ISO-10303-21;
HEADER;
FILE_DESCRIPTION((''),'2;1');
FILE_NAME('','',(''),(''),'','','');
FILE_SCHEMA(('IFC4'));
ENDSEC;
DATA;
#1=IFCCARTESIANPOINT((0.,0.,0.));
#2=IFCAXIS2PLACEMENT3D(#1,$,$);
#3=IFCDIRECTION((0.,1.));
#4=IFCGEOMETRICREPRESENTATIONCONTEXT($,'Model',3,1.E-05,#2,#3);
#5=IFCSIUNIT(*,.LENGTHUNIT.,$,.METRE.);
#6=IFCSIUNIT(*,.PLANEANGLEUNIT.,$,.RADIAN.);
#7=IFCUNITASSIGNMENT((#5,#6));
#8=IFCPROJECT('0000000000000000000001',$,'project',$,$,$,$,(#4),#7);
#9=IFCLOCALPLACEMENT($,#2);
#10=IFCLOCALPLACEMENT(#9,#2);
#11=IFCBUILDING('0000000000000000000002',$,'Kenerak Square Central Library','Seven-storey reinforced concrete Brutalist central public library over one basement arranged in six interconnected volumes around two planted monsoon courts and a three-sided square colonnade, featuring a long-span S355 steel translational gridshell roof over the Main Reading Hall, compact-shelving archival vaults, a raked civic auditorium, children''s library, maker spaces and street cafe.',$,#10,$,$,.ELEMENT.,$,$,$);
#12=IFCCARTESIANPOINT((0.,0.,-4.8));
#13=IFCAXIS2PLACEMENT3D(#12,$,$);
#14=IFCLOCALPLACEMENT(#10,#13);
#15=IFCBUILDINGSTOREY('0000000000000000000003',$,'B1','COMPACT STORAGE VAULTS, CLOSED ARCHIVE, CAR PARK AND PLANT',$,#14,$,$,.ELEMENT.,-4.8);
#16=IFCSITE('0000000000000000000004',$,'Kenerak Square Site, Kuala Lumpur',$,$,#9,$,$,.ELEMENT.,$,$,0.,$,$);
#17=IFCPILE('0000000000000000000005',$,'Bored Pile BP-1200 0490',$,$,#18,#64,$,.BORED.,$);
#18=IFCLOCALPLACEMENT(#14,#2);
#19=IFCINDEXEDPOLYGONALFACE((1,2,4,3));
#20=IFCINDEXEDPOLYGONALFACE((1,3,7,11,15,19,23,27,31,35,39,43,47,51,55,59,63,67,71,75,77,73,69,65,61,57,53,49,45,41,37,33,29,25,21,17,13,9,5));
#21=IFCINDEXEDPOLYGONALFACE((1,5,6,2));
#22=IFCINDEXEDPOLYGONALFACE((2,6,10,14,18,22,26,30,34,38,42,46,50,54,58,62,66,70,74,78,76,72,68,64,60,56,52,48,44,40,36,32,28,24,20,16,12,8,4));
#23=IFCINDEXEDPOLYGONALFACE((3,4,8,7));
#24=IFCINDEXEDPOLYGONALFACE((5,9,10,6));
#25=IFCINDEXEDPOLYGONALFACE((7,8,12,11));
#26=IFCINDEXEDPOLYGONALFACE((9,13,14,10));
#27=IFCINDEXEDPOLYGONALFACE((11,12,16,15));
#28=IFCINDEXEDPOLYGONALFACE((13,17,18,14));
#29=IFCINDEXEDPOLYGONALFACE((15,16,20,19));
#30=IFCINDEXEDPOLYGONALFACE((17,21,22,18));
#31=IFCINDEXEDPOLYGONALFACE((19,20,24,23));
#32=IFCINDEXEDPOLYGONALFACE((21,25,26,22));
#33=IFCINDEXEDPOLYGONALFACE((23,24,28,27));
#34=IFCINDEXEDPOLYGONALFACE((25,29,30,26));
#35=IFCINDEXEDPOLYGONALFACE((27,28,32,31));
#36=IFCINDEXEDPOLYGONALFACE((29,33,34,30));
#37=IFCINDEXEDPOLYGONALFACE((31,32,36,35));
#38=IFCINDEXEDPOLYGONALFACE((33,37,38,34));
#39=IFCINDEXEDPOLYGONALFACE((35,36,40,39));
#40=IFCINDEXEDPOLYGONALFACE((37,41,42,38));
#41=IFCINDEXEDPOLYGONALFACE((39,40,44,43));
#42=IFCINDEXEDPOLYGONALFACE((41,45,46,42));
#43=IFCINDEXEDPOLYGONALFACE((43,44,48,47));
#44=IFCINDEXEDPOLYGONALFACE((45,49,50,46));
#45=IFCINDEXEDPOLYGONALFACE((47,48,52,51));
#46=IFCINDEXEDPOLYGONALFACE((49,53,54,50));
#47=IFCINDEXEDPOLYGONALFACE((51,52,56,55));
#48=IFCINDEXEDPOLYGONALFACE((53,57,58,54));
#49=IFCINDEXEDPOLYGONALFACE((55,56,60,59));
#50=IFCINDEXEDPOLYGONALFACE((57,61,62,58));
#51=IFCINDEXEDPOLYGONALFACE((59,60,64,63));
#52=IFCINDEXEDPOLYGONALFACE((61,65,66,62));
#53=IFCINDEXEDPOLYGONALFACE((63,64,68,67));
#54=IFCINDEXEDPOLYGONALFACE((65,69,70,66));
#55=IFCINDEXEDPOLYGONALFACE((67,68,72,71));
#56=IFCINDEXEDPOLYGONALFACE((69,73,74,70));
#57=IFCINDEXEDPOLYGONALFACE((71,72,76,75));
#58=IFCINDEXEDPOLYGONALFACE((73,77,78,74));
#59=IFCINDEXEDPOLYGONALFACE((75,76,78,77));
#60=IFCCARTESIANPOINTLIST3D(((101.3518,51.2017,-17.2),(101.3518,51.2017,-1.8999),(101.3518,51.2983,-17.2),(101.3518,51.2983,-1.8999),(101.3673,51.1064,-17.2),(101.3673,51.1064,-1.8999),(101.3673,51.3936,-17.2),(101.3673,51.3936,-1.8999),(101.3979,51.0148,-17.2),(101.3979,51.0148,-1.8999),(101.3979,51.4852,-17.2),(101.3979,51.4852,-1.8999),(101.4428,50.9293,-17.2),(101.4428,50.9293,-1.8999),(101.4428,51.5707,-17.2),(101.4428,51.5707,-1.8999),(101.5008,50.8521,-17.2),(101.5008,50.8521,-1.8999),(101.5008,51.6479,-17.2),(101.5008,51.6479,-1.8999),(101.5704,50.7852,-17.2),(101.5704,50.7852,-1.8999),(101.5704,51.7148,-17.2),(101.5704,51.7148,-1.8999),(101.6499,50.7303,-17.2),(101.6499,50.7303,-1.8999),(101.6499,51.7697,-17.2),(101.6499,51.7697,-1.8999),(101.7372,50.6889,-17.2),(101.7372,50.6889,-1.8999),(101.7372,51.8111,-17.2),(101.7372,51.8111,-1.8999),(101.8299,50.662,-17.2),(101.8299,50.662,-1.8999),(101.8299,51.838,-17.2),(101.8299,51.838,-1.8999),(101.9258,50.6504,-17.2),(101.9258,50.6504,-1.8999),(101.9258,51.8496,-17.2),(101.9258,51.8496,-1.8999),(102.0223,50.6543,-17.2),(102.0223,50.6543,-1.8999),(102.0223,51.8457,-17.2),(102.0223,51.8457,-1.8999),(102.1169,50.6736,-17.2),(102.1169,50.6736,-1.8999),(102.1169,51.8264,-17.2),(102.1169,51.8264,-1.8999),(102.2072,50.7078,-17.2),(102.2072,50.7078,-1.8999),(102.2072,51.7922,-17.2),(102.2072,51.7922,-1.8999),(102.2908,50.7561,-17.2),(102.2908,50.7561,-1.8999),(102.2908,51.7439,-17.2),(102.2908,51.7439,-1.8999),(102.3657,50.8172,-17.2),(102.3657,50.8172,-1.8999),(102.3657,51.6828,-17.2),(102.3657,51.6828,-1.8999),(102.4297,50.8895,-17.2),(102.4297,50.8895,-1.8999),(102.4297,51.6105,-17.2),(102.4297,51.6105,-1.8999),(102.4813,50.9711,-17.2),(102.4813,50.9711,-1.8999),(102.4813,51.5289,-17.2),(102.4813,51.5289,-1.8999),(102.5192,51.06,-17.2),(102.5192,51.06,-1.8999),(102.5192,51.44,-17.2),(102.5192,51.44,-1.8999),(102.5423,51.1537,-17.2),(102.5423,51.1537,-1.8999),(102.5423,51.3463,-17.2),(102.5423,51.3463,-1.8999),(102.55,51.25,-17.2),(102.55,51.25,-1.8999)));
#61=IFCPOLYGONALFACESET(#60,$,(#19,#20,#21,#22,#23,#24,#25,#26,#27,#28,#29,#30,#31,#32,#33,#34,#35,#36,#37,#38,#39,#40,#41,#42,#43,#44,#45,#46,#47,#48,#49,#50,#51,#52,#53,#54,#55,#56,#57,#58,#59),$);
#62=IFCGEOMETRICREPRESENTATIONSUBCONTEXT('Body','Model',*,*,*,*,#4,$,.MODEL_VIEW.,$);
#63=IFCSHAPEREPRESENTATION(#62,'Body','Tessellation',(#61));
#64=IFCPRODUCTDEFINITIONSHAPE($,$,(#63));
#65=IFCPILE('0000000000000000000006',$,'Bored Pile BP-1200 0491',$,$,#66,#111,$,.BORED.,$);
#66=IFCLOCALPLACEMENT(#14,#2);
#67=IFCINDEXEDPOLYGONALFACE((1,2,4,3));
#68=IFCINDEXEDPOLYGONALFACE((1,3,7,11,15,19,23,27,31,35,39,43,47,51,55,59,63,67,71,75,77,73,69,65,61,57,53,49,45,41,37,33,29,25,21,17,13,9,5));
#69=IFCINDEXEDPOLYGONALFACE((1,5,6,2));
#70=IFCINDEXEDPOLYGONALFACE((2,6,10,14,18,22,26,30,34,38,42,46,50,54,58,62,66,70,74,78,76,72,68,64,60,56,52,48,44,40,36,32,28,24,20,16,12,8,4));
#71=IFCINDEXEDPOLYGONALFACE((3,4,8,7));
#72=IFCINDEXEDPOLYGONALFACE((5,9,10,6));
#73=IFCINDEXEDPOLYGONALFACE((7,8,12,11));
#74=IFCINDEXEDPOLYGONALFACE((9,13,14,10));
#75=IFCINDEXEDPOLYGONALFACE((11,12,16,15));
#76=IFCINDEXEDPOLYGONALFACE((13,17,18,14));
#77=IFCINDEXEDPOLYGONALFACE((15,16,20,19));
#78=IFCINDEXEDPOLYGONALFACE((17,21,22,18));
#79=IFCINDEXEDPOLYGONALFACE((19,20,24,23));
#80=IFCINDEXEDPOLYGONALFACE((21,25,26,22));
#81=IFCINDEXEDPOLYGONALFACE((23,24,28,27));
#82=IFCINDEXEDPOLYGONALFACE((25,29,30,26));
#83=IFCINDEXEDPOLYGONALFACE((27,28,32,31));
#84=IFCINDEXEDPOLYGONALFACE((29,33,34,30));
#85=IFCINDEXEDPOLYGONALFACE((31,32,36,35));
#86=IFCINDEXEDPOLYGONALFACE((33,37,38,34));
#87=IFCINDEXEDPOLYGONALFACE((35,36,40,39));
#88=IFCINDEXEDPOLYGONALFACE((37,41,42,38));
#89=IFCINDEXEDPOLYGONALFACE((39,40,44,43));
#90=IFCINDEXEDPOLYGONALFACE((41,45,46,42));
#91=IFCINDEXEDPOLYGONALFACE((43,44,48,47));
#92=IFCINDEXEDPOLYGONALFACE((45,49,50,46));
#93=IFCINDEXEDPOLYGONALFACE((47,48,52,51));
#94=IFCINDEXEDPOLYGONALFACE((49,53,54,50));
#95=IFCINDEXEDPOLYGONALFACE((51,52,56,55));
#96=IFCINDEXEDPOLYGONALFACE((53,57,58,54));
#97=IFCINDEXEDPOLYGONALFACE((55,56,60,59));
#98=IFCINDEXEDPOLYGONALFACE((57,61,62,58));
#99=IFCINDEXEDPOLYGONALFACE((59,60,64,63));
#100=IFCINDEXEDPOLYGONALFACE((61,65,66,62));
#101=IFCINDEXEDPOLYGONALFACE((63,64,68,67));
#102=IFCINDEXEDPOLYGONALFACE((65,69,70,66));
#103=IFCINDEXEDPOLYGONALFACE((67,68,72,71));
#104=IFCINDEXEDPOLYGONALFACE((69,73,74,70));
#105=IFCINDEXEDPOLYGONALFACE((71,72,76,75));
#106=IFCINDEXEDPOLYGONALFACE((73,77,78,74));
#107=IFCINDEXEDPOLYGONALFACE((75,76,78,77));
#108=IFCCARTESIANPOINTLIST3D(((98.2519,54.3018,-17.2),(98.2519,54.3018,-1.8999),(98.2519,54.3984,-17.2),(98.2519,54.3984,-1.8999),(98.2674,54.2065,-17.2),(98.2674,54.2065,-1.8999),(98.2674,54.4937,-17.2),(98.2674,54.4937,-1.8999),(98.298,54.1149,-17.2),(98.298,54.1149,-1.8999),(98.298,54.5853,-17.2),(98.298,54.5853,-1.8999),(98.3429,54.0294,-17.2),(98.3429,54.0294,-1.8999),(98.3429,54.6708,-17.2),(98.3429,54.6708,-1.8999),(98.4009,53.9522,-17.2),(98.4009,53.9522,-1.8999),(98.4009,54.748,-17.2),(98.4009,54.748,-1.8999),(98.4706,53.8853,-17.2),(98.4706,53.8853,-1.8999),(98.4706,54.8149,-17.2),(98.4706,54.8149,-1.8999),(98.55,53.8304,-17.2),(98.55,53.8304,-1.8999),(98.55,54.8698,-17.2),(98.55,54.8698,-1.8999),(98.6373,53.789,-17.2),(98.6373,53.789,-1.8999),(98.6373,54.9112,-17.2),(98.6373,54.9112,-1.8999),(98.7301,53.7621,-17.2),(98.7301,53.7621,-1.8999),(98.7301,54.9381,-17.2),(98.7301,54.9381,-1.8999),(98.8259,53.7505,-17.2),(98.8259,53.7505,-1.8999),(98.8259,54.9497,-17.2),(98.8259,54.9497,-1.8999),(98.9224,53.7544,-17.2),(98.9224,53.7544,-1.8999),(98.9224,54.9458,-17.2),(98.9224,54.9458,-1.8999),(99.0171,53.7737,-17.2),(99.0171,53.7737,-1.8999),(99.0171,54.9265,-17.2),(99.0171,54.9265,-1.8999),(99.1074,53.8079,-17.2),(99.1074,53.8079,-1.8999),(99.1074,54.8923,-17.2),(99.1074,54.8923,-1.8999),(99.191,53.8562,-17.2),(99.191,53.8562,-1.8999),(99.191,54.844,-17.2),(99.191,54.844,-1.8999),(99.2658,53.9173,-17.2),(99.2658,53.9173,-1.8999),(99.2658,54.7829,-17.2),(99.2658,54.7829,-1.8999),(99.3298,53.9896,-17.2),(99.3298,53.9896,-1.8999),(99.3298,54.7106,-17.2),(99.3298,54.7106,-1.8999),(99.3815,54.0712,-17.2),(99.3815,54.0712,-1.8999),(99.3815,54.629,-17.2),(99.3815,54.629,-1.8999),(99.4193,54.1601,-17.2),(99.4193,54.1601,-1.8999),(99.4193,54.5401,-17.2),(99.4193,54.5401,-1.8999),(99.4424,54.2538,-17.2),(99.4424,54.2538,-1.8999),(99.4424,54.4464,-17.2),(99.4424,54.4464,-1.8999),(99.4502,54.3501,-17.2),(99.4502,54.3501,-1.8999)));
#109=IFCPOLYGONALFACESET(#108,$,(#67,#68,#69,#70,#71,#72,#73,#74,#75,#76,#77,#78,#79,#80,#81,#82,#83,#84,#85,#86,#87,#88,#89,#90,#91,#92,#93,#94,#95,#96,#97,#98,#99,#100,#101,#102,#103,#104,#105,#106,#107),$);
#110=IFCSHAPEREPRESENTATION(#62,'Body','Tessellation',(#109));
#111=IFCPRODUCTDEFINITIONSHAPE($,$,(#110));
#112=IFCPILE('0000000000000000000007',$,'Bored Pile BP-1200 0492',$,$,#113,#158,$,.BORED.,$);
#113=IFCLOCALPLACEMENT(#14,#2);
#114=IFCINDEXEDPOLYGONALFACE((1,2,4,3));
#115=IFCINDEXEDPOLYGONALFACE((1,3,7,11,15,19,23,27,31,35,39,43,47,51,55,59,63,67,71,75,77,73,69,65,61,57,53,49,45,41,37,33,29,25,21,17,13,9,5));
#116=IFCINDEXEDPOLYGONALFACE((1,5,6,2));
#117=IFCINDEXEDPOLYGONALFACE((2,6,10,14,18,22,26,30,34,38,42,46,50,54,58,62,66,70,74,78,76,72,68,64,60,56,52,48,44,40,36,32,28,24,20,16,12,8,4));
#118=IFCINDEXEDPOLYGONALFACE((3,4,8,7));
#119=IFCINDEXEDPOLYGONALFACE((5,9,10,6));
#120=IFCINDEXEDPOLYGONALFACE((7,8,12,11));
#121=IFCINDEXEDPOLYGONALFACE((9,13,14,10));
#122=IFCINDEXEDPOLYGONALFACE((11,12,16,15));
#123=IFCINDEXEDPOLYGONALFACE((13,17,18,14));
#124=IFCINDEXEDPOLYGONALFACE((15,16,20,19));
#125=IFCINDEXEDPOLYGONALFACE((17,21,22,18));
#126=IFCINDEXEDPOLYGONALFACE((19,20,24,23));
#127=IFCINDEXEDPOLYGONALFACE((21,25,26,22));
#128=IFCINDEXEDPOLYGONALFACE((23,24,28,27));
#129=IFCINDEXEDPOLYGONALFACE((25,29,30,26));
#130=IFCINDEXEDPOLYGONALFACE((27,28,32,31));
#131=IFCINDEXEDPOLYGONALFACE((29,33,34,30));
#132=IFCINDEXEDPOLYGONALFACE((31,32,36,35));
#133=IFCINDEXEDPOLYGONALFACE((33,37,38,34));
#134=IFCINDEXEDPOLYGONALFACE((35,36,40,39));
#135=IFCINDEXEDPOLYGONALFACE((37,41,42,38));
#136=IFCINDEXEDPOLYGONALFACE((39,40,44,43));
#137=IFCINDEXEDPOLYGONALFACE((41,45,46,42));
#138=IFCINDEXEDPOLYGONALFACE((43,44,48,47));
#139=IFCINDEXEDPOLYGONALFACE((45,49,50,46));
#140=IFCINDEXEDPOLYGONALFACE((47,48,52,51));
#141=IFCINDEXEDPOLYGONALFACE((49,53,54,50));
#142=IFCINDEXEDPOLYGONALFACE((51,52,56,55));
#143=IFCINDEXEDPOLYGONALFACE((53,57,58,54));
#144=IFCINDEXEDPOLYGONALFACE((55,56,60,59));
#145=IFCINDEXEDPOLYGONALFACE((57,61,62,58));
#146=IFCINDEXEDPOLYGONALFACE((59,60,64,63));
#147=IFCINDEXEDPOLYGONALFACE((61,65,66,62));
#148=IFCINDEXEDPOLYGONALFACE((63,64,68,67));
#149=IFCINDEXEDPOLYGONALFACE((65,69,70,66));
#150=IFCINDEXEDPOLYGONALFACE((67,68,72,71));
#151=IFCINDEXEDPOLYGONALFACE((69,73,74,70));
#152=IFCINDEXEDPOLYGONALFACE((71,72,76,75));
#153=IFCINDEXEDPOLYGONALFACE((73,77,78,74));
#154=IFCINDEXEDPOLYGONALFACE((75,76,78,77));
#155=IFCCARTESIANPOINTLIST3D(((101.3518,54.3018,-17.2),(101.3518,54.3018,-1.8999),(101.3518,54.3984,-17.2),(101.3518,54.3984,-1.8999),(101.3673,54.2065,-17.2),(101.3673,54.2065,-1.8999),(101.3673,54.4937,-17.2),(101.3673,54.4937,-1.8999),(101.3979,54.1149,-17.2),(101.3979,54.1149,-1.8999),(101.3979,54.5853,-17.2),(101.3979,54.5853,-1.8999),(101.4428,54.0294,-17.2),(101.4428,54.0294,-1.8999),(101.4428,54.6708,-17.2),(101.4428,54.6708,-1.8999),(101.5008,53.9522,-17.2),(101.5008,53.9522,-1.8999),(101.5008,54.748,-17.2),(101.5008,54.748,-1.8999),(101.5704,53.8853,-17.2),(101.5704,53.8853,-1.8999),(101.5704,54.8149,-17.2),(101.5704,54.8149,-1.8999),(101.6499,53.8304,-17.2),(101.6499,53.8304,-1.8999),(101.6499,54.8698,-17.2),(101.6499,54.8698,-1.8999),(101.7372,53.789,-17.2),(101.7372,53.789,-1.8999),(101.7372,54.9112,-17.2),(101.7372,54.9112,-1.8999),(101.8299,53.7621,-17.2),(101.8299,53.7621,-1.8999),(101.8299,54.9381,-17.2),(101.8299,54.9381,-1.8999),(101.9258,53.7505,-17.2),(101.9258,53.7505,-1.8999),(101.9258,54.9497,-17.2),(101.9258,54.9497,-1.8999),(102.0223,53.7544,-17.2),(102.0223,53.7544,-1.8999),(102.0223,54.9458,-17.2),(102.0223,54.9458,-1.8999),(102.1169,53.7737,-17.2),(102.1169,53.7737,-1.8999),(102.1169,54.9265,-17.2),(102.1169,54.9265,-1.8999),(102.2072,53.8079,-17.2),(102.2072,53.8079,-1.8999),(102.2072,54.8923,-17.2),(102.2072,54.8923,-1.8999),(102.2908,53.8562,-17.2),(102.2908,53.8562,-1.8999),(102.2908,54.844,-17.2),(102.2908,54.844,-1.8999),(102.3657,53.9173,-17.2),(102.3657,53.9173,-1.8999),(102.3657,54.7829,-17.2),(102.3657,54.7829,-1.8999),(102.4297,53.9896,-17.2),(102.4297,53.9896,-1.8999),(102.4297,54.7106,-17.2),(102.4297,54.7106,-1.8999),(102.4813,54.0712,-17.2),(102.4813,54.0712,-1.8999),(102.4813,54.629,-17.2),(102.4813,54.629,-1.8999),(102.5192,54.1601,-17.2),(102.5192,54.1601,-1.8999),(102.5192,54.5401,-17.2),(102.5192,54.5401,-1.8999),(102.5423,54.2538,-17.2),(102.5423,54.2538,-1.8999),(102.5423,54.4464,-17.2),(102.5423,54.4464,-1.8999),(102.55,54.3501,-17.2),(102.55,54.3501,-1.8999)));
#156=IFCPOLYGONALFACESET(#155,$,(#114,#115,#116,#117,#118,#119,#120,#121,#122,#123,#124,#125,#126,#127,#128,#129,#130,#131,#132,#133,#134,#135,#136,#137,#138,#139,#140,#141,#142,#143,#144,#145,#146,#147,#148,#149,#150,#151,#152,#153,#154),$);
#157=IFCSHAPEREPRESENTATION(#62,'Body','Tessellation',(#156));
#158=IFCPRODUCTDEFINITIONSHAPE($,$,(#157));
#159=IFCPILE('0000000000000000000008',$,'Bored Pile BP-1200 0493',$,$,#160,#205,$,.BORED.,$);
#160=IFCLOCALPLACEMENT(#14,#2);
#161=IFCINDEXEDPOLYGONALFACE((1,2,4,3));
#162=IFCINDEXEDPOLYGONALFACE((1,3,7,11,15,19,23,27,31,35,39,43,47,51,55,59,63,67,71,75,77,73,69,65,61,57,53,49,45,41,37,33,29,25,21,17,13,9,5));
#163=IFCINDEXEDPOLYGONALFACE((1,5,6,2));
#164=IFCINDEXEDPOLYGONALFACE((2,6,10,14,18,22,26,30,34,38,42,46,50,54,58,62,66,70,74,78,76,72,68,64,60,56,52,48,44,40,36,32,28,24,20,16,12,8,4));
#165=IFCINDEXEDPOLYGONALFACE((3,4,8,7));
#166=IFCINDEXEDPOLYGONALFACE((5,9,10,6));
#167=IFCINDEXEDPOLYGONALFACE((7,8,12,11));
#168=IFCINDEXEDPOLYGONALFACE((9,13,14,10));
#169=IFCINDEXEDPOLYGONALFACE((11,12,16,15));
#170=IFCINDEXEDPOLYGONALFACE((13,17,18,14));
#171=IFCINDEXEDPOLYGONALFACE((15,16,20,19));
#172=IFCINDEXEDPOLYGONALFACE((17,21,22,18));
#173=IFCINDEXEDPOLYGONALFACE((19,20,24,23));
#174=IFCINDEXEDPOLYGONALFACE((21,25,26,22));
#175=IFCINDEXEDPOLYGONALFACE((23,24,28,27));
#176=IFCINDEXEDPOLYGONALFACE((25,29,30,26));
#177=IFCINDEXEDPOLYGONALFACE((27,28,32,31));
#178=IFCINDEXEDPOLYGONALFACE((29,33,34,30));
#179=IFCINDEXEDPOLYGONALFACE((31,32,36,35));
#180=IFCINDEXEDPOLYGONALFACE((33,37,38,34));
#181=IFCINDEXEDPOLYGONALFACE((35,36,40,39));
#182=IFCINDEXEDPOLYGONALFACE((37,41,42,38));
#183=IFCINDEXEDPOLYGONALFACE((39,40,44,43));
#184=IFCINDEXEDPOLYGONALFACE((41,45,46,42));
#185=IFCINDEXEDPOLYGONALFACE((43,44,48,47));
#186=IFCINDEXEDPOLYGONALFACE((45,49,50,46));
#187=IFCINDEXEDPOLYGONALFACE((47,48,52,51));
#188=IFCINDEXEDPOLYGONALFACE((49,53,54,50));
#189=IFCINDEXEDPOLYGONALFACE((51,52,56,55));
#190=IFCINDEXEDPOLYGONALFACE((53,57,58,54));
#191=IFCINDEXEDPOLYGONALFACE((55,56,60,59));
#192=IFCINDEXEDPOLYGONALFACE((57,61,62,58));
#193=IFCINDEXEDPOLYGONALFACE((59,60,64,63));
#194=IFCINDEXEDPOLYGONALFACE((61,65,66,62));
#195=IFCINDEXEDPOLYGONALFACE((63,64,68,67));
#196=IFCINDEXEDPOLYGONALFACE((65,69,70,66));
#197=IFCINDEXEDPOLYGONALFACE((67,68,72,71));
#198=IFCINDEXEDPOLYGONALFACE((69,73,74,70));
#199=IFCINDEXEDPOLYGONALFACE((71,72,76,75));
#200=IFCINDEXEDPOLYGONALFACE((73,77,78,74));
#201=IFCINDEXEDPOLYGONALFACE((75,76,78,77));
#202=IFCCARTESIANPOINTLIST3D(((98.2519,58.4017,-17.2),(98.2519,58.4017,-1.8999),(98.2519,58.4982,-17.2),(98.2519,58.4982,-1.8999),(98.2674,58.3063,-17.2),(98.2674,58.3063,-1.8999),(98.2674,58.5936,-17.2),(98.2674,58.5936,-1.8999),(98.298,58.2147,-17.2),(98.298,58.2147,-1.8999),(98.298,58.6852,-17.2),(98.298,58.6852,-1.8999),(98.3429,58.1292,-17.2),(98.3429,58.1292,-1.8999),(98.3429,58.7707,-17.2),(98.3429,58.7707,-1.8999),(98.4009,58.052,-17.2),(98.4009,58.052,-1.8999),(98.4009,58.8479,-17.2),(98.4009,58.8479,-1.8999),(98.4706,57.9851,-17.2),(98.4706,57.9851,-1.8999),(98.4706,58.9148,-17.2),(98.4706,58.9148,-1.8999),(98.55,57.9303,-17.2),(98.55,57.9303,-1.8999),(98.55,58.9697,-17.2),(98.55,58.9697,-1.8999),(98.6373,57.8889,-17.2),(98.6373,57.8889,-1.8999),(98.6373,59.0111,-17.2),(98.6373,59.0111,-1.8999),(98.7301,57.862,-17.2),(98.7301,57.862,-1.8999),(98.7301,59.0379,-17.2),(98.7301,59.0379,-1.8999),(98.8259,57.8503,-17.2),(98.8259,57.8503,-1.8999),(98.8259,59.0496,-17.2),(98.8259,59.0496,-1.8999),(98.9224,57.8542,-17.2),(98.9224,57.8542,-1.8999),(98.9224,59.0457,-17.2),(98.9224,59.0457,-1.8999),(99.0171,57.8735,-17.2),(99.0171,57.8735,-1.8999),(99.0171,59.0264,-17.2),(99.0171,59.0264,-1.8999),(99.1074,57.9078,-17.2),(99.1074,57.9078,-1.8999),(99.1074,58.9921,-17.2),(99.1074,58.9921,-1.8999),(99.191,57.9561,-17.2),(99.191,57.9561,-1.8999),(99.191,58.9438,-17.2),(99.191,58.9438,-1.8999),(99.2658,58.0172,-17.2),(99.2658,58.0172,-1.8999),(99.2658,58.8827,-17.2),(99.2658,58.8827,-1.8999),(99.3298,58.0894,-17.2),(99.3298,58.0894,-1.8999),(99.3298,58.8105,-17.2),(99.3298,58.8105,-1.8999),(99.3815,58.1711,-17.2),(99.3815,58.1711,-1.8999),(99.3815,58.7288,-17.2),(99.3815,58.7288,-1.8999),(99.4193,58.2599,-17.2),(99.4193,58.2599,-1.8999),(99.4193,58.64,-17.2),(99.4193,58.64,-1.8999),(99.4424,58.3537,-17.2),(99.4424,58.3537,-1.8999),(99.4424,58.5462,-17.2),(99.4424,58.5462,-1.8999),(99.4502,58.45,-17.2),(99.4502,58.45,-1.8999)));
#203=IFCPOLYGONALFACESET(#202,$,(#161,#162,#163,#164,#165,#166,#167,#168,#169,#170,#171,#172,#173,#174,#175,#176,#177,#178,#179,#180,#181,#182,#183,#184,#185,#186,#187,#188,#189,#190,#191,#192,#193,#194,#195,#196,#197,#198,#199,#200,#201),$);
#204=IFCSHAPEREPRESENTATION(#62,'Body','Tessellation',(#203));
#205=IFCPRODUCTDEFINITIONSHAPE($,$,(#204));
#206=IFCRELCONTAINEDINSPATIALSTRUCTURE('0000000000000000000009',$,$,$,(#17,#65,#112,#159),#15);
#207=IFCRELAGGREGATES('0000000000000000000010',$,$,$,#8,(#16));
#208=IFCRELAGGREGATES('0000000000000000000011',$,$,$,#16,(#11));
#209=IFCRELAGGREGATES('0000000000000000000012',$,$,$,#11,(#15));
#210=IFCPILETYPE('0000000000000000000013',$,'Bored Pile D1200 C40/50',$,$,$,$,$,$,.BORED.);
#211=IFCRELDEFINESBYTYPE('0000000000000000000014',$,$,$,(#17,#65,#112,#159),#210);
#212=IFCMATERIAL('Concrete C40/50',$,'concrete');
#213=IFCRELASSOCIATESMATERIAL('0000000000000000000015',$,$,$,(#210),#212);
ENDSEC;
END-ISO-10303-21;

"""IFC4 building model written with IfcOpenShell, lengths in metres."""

from ifc_helpers import new_model, si_unit, direction, frame, origin, origin_2d, place, context, subcontext, project, spatial, circle, extrude, material, material_profile, profile_set, type_object, element, save


model = new_model("IFC4")

# Units and contexts
model_context = context("Model", 3, precision=1e-05, world=origin(), true_north=direction((0.0, 1.0)))
body_context = subcontext(model_context, "Body", "Model", "MODEL_VIEW")
ifc_project = project(units=[si_unit("LENGTHUNIT", "METRE"), si_unit("PLANEANGLEUNIT", "RADIAN")], contexts=[model_context])

# Site, building, storey
site_placement = place(None, origin())
site = spatial("IfcSite", under=ifc_project, at=site_placement, Name="Kenerak Square Site, Kuala Lumpur", CompositionType="ELEMENT", RefElevation=0.0)
building_placement = place(site_placement, origin())
building = spatial("IfcBuilding", under=site, at=building_placement, Name="Kenerak Square Central Library", Description="Seven-storey reinforced concrete Brutalist central public library over one basement arranged in six interconnected volumes around two planted monsoon courts and a three-sided square colonnade, featuring a long-span S355 steel translational gridshell roof over the Main Reading Hall, compact-shelving archival vaults, a raked civic auditorium, children's library, maker spaces and street cafe.", CompositionType="ELEMENT")
storey_placement = place(building_placement, frame((0.0, 0.0, -4.8)))
storey = spatial("IfcBuildingStorey", under=building, at=storey_placement, Name="B1", Description="COMPACT STORAGE VAULTS, CLOSED ARCHIVE, CAR PARK AND PLANT", CompositionType="ELEMENT", Elevation=-4.8)

# Piles
ifc_material_1 = material(Name="Concrete C40/50", Category="concrete")
ifc_material_profile_1 = material_profile(ifc_material_1, circle(Radius=0.6001, at=origin_2d()), Name="BP D1200")
ifc_profile_set_1 = profile_set([ifc_material_profile_1], Name="Concrete C40/50")
pile_type_1 = type_object("IfcPileType", Name="Bored Pile D1200 C40/50", PredefinedType="BORED", material=ifc_profile_set_1)
for number, where, z_axis, x_axis, name in (
    (1, (101.95, 51.25, -1.8999), (0.0, 0.0, -1.0), (1.0, 0.0, 0.0), "Bored Pile BP-1200 0490"),
    (2, (98.8501, 54.3501, -1.8999), (0.0, 0.0, -1.0), (1.0, 0.0, 0.0), "Bored Pile BP-1200 0491"),
    (3, (101.95, 54.3501, -1.8999), (0.0, 0.0, -1.0), (1.0, 0.0, 0.0), "Bored Pile BP-1200 0492"),
    (4, (98.8501, 58.45, -1.8999), (0.0, 0.0, -1.0), (1.0, 0.0, 0.0), "Bored Pile BP-1200 0493"),
):
    element("IfcPile", number, at=place(storey_placement, frame(where, z_axis=z_axis, x_axis=x_axis)), inside=storey, type_object=pile_type_1, Name=name, PredefinedType="BORED", context=body_context, shape_type="SweptSolid", body=[
        extrude(circle(Radius=0.6001, at=origin_2d()), origin(), (0.0, 0.0, 1.0), 15.3),
    ])

save(model, "model.ifc")
